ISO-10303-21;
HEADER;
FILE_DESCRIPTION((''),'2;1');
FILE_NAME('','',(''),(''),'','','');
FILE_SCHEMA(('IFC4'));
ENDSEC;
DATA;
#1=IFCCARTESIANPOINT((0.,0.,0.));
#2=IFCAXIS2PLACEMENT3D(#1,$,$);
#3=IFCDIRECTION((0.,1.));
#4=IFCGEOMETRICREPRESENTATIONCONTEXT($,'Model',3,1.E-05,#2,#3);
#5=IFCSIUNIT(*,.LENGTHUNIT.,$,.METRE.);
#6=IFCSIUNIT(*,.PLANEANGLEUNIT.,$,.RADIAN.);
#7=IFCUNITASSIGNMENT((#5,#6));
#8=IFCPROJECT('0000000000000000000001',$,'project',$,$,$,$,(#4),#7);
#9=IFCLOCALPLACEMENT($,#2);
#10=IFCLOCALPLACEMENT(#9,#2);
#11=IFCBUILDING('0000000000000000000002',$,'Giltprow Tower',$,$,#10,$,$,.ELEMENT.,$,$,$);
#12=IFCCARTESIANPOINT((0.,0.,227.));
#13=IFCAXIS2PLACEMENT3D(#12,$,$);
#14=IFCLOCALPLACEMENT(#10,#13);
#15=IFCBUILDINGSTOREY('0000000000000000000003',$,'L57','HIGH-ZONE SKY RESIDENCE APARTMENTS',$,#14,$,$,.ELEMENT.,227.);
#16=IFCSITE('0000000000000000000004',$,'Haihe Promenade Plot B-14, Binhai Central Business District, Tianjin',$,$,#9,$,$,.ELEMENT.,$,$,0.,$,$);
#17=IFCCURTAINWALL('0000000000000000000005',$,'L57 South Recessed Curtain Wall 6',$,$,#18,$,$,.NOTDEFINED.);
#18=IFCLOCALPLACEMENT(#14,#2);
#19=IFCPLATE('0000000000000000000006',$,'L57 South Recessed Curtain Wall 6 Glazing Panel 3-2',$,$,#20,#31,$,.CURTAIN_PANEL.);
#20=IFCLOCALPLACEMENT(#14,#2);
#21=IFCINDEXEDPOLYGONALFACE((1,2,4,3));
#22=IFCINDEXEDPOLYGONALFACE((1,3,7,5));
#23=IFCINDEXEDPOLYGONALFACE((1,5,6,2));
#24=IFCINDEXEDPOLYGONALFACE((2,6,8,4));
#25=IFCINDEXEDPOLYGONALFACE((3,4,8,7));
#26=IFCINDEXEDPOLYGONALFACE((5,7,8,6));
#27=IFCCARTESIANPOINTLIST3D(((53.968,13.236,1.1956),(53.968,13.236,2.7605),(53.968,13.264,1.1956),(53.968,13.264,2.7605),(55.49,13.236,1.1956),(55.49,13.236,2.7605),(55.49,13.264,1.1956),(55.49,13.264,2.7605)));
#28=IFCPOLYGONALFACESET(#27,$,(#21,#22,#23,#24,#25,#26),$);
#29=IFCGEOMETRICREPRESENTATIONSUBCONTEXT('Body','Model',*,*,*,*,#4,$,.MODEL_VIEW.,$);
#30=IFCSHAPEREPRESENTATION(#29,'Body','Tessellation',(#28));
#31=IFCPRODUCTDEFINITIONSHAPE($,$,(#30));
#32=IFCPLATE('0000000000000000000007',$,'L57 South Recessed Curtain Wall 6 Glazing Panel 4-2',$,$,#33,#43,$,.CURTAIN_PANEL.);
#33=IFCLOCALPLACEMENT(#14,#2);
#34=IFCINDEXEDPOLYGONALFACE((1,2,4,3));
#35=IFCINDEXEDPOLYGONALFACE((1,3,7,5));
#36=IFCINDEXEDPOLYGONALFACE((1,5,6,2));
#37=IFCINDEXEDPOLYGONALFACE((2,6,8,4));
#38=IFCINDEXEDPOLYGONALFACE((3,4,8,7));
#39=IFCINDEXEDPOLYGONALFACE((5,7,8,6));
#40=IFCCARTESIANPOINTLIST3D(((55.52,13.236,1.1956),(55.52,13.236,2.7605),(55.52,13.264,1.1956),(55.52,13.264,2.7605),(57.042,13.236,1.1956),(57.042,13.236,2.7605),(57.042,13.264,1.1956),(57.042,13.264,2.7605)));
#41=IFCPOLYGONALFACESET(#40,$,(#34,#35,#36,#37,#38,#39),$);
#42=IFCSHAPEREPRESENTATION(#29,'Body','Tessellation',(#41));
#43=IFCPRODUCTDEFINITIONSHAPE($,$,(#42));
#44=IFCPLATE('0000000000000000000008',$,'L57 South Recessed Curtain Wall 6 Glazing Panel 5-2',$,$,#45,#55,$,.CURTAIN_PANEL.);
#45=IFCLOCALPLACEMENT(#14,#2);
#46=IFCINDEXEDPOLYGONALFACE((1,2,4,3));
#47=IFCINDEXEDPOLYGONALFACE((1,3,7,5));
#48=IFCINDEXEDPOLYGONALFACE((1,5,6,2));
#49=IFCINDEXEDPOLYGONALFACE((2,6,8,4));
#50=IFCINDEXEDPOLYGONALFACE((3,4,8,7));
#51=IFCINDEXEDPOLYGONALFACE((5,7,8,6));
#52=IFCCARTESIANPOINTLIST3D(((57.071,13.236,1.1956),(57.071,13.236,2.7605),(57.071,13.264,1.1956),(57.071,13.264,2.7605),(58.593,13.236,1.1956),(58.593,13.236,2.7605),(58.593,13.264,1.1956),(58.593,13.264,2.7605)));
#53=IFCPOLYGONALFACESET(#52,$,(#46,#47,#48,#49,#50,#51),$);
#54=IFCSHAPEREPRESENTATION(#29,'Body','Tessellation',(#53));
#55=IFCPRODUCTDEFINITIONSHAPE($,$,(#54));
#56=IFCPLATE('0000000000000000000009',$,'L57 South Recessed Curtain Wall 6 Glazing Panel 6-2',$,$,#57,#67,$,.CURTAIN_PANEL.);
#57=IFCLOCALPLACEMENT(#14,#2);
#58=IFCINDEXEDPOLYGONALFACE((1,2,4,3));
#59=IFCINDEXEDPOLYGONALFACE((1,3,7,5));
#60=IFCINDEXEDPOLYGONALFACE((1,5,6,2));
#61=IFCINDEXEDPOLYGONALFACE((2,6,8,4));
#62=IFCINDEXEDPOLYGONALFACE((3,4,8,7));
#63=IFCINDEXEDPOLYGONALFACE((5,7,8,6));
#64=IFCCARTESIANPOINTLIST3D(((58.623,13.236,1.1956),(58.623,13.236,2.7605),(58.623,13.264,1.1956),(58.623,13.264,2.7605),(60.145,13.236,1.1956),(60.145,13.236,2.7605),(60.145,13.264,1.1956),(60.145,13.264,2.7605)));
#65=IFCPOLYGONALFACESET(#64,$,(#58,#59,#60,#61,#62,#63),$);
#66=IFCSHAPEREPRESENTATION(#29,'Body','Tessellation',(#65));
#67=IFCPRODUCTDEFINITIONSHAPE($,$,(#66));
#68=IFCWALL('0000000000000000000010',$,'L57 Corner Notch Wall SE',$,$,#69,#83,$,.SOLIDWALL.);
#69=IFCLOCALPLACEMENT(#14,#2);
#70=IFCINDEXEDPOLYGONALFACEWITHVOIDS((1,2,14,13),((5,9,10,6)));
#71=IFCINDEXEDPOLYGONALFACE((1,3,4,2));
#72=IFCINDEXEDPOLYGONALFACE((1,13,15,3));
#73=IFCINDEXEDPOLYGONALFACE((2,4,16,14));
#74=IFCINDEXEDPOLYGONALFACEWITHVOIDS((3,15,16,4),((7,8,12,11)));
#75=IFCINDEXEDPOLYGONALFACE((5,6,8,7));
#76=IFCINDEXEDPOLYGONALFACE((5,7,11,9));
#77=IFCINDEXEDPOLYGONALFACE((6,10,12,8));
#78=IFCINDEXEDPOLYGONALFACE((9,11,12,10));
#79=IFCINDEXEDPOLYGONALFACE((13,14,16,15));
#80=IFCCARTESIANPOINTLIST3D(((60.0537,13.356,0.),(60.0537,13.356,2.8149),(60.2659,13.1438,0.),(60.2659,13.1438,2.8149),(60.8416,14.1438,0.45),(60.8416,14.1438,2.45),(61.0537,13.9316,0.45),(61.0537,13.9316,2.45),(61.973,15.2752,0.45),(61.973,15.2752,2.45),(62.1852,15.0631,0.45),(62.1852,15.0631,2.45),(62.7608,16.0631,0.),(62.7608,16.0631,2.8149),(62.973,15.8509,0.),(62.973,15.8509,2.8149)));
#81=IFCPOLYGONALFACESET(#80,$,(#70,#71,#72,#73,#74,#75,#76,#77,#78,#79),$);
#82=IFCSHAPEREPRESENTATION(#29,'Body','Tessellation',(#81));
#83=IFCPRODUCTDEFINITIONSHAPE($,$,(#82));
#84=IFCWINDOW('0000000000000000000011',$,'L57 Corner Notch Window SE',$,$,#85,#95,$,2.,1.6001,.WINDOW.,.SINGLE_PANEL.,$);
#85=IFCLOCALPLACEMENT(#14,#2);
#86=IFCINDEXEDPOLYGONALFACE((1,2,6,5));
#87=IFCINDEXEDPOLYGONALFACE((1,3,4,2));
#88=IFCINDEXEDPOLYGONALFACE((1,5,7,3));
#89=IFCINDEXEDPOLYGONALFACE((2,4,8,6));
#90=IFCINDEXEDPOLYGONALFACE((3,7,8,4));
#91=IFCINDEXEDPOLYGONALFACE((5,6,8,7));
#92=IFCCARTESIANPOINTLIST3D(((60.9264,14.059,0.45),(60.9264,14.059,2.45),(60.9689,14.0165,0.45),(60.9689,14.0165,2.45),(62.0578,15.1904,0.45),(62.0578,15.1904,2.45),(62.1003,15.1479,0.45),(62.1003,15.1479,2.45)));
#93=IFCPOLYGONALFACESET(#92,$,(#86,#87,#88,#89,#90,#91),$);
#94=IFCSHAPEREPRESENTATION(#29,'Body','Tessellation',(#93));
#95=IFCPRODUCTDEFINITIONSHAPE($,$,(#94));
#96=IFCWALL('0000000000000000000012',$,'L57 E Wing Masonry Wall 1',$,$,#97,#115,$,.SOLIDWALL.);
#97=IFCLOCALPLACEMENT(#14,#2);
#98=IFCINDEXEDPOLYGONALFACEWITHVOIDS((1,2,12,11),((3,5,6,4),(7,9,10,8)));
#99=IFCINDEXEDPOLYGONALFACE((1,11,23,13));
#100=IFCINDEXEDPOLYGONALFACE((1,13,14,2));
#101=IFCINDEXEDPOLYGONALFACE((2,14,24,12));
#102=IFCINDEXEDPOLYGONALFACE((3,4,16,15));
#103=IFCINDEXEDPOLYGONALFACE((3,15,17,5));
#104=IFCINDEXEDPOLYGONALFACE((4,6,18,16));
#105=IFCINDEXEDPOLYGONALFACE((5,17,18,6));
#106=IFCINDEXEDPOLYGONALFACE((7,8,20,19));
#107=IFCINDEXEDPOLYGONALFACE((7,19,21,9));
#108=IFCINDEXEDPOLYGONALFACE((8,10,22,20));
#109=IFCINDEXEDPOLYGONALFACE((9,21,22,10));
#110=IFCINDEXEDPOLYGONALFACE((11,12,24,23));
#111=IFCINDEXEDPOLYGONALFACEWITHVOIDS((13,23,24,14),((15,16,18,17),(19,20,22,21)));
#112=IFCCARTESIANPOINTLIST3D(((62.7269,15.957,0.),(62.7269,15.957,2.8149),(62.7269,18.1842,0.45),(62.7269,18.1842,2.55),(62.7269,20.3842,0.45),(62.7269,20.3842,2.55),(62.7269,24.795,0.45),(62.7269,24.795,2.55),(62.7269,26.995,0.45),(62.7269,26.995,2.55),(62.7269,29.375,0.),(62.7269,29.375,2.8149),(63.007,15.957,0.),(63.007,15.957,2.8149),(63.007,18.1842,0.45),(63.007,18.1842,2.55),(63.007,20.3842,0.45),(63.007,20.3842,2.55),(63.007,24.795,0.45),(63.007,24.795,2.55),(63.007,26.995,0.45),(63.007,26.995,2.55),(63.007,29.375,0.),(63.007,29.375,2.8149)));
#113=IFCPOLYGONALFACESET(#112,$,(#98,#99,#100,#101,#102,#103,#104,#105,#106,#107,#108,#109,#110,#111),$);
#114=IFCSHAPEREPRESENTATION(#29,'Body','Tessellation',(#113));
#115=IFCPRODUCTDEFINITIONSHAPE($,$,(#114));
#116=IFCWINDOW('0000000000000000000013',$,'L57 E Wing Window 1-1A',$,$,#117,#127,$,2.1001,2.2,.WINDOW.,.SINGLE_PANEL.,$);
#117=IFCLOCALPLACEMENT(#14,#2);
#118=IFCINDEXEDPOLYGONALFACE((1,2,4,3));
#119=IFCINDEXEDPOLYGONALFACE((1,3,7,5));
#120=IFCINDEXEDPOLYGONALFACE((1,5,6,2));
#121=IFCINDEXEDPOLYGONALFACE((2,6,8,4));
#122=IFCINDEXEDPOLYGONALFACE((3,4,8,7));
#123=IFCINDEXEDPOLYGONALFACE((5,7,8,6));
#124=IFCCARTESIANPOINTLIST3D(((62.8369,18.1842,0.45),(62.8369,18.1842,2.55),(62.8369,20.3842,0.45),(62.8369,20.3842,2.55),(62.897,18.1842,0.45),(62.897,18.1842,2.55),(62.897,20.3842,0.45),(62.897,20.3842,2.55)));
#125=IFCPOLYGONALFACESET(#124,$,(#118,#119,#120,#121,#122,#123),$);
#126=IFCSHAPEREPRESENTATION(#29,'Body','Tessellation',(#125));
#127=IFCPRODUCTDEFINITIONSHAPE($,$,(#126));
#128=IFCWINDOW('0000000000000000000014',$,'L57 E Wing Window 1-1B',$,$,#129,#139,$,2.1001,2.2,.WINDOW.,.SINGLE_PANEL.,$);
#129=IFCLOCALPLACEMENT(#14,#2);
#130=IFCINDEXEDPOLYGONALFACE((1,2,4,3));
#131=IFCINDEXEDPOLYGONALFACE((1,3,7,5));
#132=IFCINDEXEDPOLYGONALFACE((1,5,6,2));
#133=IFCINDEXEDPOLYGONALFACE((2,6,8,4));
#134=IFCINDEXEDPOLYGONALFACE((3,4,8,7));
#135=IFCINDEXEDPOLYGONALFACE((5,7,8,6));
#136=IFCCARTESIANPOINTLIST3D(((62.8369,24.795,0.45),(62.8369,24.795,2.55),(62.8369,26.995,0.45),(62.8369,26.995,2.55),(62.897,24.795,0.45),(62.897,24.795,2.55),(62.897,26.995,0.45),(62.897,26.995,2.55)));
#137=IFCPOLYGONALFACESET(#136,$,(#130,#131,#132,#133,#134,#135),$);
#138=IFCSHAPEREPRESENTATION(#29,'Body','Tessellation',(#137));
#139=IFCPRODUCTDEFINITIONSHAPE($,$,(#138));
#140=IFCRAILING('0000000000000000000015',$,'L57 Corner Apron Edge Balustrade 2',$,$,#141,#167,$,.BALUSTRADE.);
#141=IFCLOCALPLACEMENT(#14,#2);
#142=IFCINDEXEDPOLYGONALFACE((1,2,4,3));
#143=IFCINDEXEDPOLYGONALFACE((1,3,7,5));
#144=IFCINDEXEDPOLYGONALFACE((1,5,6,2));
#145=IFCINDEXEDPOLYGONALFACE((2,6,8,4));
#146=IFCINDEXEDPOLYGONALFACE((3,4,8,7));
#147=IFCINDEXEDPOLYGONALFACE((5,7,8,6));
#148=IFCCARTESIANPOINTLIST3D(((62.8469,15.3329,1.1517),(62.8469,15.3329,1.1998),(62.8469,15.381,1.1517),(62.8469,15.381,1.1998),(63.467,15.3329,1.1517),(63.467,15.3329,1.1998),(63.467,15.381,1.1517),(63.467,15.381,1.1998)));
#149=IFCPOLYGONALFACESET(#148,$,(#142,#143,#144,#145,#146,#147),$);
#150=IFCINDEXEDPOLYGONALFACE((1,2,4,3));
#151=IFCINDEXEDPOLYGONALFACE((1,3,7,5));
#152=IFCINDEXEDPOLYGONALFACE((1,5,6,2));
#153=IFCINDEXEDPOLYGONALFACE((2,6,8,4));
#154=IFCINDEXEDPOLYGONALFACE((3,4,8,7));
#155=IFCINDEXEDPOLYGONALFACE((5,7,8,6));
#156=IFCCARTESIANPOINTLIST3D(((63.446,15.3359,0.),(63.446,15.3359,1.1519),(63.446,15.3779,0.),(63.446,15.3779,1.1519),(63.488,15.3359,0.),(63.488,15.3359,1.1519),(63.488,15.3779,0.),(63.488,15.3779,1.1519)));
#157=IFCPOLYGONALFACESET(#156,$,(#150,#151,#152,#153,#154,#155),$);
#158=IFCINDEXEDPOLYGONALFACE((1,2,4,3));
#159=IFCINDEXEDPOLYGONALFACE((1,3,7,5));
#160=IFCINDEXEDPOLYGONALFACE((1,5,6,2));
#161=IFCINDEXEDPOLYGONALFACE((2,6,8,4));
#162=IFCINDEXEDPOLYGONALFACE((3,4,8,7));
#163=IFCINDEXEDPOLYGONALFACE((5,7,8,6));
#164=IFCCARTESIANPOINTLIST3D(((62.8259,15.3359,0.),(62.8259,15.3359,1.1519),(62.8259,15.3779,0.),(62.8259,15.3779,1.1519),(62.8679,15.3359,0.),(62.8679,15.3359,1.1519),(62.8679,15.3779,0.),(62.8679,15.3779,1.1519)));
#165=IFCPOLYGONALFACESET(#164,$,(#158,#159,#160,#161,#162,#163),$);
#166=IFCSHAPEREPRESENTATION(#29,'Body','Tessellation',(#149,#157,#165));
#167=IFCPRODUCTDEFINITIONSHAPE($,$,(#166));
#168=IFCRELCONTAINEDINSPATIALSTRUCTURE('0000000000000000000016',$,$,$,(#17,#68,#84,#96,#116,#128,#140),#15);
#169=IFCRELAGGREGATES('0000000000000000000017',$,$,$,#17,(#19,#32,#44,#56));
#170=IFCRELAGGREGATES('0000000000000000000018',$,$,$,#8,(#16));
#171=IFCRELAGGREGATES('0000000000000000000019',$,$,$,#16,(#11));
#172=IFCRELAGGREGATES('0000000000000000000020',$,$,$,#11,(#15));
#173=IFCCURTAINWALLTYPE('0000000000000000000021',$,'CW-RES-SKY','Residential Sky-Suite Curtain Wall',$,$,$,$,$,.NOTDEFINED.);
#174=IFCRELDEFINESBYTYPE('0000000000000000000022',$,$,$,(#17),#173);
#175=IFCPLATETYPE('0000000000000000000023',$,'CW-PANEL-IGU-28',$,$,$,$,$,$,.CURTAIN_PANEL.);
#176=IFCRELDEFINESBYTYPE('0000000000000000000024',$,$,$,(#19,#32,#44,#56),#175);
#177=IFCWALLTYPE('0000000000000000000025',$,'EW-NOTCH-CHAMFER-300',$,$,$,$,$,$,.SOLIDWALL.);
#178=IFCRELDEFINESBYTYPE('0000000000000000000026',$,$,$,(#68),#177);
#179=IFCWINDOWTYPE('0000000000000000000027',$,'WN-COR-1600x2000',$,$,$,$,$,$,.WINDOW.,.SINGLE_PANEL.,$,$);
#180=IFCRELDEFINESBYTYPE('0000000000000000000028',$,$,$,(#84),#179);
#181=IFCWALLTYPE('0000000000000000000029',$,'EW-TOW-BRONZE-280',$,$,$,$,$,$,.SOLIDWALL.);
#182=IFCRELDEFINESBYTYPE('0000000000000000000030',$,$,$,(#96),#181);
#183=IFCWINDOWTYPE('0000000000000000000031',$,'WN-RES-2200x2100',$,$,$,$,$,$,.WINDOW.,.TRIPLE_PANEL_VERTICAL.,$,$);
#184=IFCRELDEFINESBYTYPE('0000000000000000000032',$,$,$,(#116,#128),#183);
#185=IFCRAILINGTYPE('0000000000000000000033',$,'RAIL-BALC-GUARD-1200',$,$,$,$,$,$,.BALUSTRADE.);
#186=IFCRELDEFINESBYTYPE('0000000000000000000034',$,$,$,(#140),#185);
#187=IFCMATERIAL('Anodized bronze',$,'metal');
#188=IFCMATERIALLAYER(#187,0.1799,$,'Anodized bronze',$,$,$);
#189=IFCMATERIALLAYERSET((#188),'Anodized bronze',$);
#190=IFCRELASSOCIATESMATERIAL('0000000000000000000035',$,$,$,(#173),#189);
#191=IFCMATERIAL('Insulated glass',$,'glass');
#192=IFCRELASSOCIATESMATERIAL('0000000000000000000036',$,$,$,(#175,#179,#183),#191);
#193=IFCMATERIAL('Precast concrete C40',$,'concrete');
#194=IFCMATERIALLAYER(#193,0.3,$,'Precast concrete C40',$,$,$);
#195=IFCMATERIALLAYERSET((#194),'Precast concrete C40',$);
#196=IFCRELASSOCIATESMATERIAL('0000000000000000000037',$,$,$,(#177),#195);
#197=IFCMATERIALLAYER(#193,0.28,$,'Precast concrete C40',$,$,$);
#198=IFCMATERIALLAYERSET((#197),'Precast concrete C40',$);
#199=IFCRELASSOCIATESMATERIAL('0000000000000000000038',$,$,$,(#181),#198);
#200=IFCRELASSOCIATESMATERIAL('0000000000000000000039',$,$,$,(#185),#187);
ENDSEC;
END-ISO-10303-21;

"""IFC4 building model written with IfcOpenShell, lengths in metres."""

from ifc_helpers import new_model, si_unit, direction, frame, frame_2d, origin, origin_2d, place, context, subcontext, project, spatial, rectangle, extrude, source, transform, mapped, material, layer, layer_set, type_object, element, fill, aggregate, save


model = new_model("IFC4")

# Units and contexts
model_context = context("Model", 3, precision=1e-05, world=origin(), true_north=direction((0.0, 1.0)))
body_context = subcontext(model_context, "Body", "Model", "MODEL_VIEW")
ifc_project = project(units=[si_unit("LENGTHUNIT", "METRE"), si_unit("PLANEANGLEUNIT", "RADIAN")], contexts=[model_context])

# Site, building, storey
site_placement = place(None, origin())
site = spatial("IfcSite", under=ifc_project, at=site_placement, Name="Haihe Promenade Plot B-14, Binhai Central Business District, Tianjin", CompositionType="ELEMENT", RefElevation=0.0)
building_placement = place(site_placement, origin())
building = spatial("IfcBuilding", under=site, at=building_placement, Name="Giltprow Tower", CompositionType="ELEMENT")
storey_placement = place(building_placement, frame((0.0, 0.0, 227.0)))
storey = spatial("IfcBuildingStorey", under=building, at=storey_placement, Name="L57", Description="HIGH-ZONE SKY RESIDENCE APARTMENTS", CompositionType="ELEMENT", Elevation=227.0)

# Curtain wall, plates
ifc_material_1 = material(Name="Anodized bronze", Category="metal")
ifc_layer_1 = layer(ifc_material_1, 0.1799, Name="Anodized bronze")
ifc_layer_set_1 = layer_set([ifc_layer_1], Name="Anodized bronze")
curtain_wall_type = type_object("IfcCurtainWallType", Name="CW-RES-SKY", Description="Residential Sky-Suite Curtain Wall", PredefinedType="NOTDEFINED", material=ifc_layer_set_1)
curtain_wall_placement = place(storey_placement, origin())
curtain_wall = element("IfcCurtainWall", 1, at=curtain_wall_placement, inside=storey, type_object=curtain_wall_type, Name="L57 South Recessed Curtain Wall 6", PredefinedType="NOTDEFINED")
ifc_material_2 = material(Name="Insulated glass", Category="glass")
plate_type = type_object("IfcPlateType", Name="CW-PANEL-IGU-28", PredefinedType="CURTAIN_PANEL", material=ifc_material_2)
shared_shape_1 = source(origin(), body_context, "Body", "SweptSolid", [
    extrude(rectangle(XDim=1.522, YDim=0.0281, at=origin_2d()), origin(), (0.0, 0.0, 1.0), 1.5649),
])
plate_1_placement = place(storey_placement, frame((54.729, 13.25, 1.1956), z_axis=(0.0, 0.0, 1.0), x_axis=(1.0, 0.0, 0.0)))
plate_1 = element("IfcPlate", 2, at=plate_1_placement, type_object=plate_type, Name="L57 South Recessed Curtain Wall 6 Glazing Panel 3-2", PredefinedType="CURTAIN_PANEL", context=body_context, shape_type="MappedRepresentation", body=[
    mapped(shared_shape_1, transform((0.0, 0.0, 0.0), x_axis=(1.0, 0.0, 0.0), y_axis=(0.0, 1.0, 0.0), z_axis=(0.0, 0.0, 1.0), scale=1.0)),
])
plate_2_placement = place(storey_placement, frame((56.281, 13.25, 1.1956), z_axis=(0.0, 0.0, 1.0), x_axis=(1.0, 0.0, 0.0)))
plate_2 = element("IfcPlate", 3, at=plate_2_placement, type_object=plate_type, Name="L57 South Recessed Curtain Wall 6 Glazing Panel 4-2", PredefinedType="CURTAIN_PANEL", context=body_context, shape_type="MappedRepresentation", body=[
    mapped(shared_shape_1, transform((0.0, 0.0, 0.0), x_axis=(1.0, 0.0, 0.0), y_axis=(0.0, 1.0, 0.0), z_axis=(0.0, 0.0, 1.0), scale=1.0)),
])
plate_3_placement = place(storey_placement, frame((57.832, 13.25, 1.1956), z_axis=(0.0, 0.0, 1.0), x_axis=(1.0, 0.0, 0.0)))
plate_3 = element("IfcPlate", 4, at=plate_3_placement, type_object=plate_type, Name="L57 South Recessed Curtain Wall 6 Glazing Panel 5-2", PredefinedType="CURTAIN_PANEL", context=body_context, shape_type="MappedRepresentation", body=[
    mapped(shared_shape_1, transform((0.0, 0.0, 0.0), x_axis=(1.0, 0.0, 0.0), y_axis=(0.0, 1.0, 0.0), z_axis=(0.0, 0.0, 1.0), scale=1.0)),
])
plate_4_placement = place(storey_placement, frame((59.384, 13.25, 1.1956), z_axis=(0.0, 0.0, 1.0), x_axis=(1.0, 0.0, 0.0)))
plate_4 = element("IfcPlate", 5, at=plate_4_placement, type_object=plate_type, Name="L57 South Recessed Curtain Wall 6 Glazing Panel 6-2", PredefinedType="CURTAIN_PANEL", context=body_context, shape_type="MappedRepresentation", body=[
    mapped(shared_shape_1, transform((0.0, 0.0, 0.0), x_axis=(1.0, 0.0, 0.0), y_axis=(0.0, 1.0, 0.0), z_axis=(0.0, 0.0, 1.0), scale=1.0)),
])
aggregate(curtain_wall, [plate_1, plate_2, plate_3, plate_4])

# Wall, opening, window
ifc_material_3 = material(Name="Precast concrete C40", Category="concrete")
ifc_layer_2 = layer(ifc_material_3, 0.3, Name="Precast concrete C40")
ifc_layer_set_2 = layer_set([ifc_layer_2], Name="Precast concrete C40")
wall_type_1 = type_object("IfcWallType", Name="EW-NOTCH-CHAMFER-300", PredefinedType="SOLIDWALL", material=ifc_layer_set_2)
wall_1_placement = place(storey_placement, frame((60.1599, 13.25, 0.0), z_axis=(0.0, 0.0, 1.0), x_axis=(0.707107, 0.707107, 0.0)))
wall_1 = element("IfcWall", 6, at=wall_1_placement, inside=storey, type_object=wall_type_1, Name="L57 Corner Notch Wall SE", PredefinedType="SOLIDWALL", context=body_context, shape_type="SweptSolid", body=[
    extrude(rectangle(XDim=3.8284, YDim=0.3, at=frame_2d((1.9141, 0.0))), origin(), (0.0, 0.0, 1.0), 2.8149),
])
opening_1_placement = place(wall_1_placement, frame((1.114, 0.0, 0.45)))
opening_1 = element("IfcOpeningElement", 7, at=opening_1_placement, cuts=wall_1, PredefinedType="OPENING", context=body_context, shape_type="SweptSolid", body=[
    extrude(rectangle(XDim=1.6001, YDim=2.0, at=frame_2d((0.8, 1.0))), frame((0.0, 0.1599, 0.0), z_axis=(0.0, -1.0, 0.0), x_axis=(1.0, 0.0, 0.0)), (0.0, 0.0, 1.0), 0.3201),
])
window_type_1 = type_object("IfcWindowType", Name="WN-COR-1600x2000", PartitioningType="SINGLE_PANEL", PredefinedType="WINDOW", material=ifc_material_2)
shared_shape_2 = source(origin(), body_context, "Body", "SweptSolid", [
    extrude(rectangle(XDim=1.6001, YDim=2.0, at=frame_2d((0.8, 1.0))), frame((0.0, 0.03, 0.0), z_axis=(0.0, -1.0, 0.0), x_axis=(1.0, 0.0, 0.0)), (0.0, 0.0, 1.0), 0.0601),
])
window_1_placement = place(opening_1_placement, origin())
window_1 = element("IfcWindow", 8, at=window_1_placement, inside=storey, type_object=window_type_1, Name="L57 Corner Notch Window SE", OverallHeight=2.0, OverallWidth=1.6001, PartitioningType="SINGLE_PANEL", PredefinedType="WINDOW", context=body_context, shape_type="MappedRepresentation", body=[
    mapped(shared_shape_2, transform((0.0, 0.0, 0.0), x_axis=(1.0, 0.0, 0.0), y_axis=(0.0, 1.0, 0.0), z_axis=(0.0, 0.0, 1.0), scale=1.0)),
])
fill(opening_1, window_1)

# Wall, openings, windows
ifc_layer_3 = layer(ifc_material_3, 0.28, Name="Precast concrete C40")
ifc_layer_set_3 = layer_set([ifc_layer_3], Name="Precast concrete C40")
wall_type_2 = type_object("IfcWallType", Name="EW-TOW-BRONZE-280", PredefinedType="SOLIDWALL", material=ifc_layer_set_3)
wall_2_placement = place(storey_placement, frame((62.8669, 15.957, 0.0), z_axis=(0.0, 0.0, 1.0), x_axis=(0.0, 1.0, 0.0)))
wall_2 = element("IfcWall", 9, at=wall_2_placement, inside=storey, type_object=wall_type_2, Name="L57 E Wing Masonry Wall 1", PredefinedType="SOLIDWALL", context=body_context, shape_type="SweptSolid", body=[
    extrude(rectangle(XDim=13.418, YDim=0.28, at=frame_2d((6.709, 0.0))), origin(), (0.0, 0.0, 1.0), 2.8149),
])
opening_2_placement = place(wall_2_placement, frame((2.2271, 0.0, 0.45)))
opening_2 = element("IfcOpeningElement", 10, at=opening_2_placement, cuts=wall_2, PredefinedType="OPENING", context=body_context, shape_type="SweptSolid", body=[
    extrude(rectangle(XDim=2.2, YDim=2.1001, at=frame_2d((1.1001, 1.05))), frame((0.0, 0.1499, 0.0), z_axis=(0.0, -1.0, 0.0), x_axis=(1.0, 0.0, 0.0)), (0.0, 0.0, 1.0), 0.3),
])
opening_3_placement = place(wall_2_placement, frame((8.8379, 0.0, 0.45)))
opening_3 = element("IfcOpeningElement", 11, at=opening_3_placement, cuts=wall_2, PredefinedType="OPENING", context=body_context, shape_type="SweptSolid", body=[
    extrude(rectangle(XDim=2.2, YDim=2.1001, at=frame_2d((1.1001, 1.05))), frame((0.0, 0.1499, 0.0), z_axis=(0.0, -1.0, 0.0), x_axis=(1.0, 0.0, 0.0)), (0.0, 0.0, 1.0), 0.3),
])
window_type_2 = type_object("IfcWindowType", Name="WN-RES-2200x2100", PartitioningType="TRIPLE_PANEL_VERTICAL", PredefinedType="WINDOW", material=ifc_material_2)
shared_shape_3 = source(origin(), body_context, "Body", "SweptSolid", [
    extrude(rectangle(XDim=2.2, YDim=2.1001, at=frame_2d((1.1001, 1.05))), frame((0.0, 0.03, 0.0), z_axis=(0.0, -1.0, 0.0), x_axis=(1.0, 0.0, 0.0)), (0.0, 0.0, 1.0), 0.0601),
])
window_2_placement = place(opening_2_placement, origin())
window_2 = element("IfcWindow", 12, at=window_2_placement, inside=storey, type_object=window_type_2, Name="L57 E Wing Window 1-1A", OverallHeight=2.1001, OverallWidth=2.2, PartitioningType="SINGLE_PANEL", PredefinedType="WINDOW", context=body_context, shape_type="MappedRepresentation", body=[
    mapped(shared_shape_3, transform((0.0, 0.0, 0.0), x_axis=(1.0, 0.0, 0.0), y_axis=(0.0, 1.0, 0.0), z_axis=(0.0, 0.0, 1.0), scale=1.0)),
])
fill(opening_2, window_2)
window_3_placement = place(opening_3_placement, origin())
window_3 = element("IfcWindow", 13, at=window_3_placement, inside=storey, type_object=window_type_2, Name="L57 E Wing Window 1-1B", OverallHeight=2.1001, OverallWidth=2.2, PartitioningType="SINGLE_PANEL", PredefinedType="WINDOW", context=body_context, shape_type="MappedRepresentation", body=[
    mapped(shared_shape_3, transform((0.0, 0.0, 0.0), x_axis=(1.0, 0.0, 0.0), y_axis=(0.0, 1.0, 0.0), z_axis=(0.0, 0.0, 1.0), scale=1.0)),
])
fill(opening_3, window_3)

# Railing
railing_type = type_object("IfcRailingType", Name="RAIL-BALC-GUARD-1200", PredefinedType="BALUSTRADE", material=ifc_material_1)
railing_1_placement = place(storey_placement, frame((63.467, 15.3569, 0.0)))
element("IfcRailing", 14, at=railing_1_placement, inside=storey, type_object=railing_type, Name="L57 Corner Apron Edge Balustrade 2", PredefinedType="BALUSTRADE", context=body_context, shape_type="SweptSolid", body=[
    extrude(rectangle(XDim=0.0481, YDim=0.0481, at=origin_2d()), frame((0.0, 0.0, 1.1758), z_axis=(-1.0, 0.0, 0.0), x_axis=(0.0, -1.0, 0.0)), (0.0, 0.0, 1.0), 0.6201),
    extrude(rectangle(XDim=0.042, YDim=0.042, at=origin_2d()), origin(), (0.0, 0.0, 1.0), 1.1519),
    extrude(rectangle(XDim=0.042, YDim=0.042, at=origin_2d()), frame((-0.6201, 0.0, 0.0)), (0.0, 0.0, 1.0), 1.1519),
])

save(model, "model.ifc")
